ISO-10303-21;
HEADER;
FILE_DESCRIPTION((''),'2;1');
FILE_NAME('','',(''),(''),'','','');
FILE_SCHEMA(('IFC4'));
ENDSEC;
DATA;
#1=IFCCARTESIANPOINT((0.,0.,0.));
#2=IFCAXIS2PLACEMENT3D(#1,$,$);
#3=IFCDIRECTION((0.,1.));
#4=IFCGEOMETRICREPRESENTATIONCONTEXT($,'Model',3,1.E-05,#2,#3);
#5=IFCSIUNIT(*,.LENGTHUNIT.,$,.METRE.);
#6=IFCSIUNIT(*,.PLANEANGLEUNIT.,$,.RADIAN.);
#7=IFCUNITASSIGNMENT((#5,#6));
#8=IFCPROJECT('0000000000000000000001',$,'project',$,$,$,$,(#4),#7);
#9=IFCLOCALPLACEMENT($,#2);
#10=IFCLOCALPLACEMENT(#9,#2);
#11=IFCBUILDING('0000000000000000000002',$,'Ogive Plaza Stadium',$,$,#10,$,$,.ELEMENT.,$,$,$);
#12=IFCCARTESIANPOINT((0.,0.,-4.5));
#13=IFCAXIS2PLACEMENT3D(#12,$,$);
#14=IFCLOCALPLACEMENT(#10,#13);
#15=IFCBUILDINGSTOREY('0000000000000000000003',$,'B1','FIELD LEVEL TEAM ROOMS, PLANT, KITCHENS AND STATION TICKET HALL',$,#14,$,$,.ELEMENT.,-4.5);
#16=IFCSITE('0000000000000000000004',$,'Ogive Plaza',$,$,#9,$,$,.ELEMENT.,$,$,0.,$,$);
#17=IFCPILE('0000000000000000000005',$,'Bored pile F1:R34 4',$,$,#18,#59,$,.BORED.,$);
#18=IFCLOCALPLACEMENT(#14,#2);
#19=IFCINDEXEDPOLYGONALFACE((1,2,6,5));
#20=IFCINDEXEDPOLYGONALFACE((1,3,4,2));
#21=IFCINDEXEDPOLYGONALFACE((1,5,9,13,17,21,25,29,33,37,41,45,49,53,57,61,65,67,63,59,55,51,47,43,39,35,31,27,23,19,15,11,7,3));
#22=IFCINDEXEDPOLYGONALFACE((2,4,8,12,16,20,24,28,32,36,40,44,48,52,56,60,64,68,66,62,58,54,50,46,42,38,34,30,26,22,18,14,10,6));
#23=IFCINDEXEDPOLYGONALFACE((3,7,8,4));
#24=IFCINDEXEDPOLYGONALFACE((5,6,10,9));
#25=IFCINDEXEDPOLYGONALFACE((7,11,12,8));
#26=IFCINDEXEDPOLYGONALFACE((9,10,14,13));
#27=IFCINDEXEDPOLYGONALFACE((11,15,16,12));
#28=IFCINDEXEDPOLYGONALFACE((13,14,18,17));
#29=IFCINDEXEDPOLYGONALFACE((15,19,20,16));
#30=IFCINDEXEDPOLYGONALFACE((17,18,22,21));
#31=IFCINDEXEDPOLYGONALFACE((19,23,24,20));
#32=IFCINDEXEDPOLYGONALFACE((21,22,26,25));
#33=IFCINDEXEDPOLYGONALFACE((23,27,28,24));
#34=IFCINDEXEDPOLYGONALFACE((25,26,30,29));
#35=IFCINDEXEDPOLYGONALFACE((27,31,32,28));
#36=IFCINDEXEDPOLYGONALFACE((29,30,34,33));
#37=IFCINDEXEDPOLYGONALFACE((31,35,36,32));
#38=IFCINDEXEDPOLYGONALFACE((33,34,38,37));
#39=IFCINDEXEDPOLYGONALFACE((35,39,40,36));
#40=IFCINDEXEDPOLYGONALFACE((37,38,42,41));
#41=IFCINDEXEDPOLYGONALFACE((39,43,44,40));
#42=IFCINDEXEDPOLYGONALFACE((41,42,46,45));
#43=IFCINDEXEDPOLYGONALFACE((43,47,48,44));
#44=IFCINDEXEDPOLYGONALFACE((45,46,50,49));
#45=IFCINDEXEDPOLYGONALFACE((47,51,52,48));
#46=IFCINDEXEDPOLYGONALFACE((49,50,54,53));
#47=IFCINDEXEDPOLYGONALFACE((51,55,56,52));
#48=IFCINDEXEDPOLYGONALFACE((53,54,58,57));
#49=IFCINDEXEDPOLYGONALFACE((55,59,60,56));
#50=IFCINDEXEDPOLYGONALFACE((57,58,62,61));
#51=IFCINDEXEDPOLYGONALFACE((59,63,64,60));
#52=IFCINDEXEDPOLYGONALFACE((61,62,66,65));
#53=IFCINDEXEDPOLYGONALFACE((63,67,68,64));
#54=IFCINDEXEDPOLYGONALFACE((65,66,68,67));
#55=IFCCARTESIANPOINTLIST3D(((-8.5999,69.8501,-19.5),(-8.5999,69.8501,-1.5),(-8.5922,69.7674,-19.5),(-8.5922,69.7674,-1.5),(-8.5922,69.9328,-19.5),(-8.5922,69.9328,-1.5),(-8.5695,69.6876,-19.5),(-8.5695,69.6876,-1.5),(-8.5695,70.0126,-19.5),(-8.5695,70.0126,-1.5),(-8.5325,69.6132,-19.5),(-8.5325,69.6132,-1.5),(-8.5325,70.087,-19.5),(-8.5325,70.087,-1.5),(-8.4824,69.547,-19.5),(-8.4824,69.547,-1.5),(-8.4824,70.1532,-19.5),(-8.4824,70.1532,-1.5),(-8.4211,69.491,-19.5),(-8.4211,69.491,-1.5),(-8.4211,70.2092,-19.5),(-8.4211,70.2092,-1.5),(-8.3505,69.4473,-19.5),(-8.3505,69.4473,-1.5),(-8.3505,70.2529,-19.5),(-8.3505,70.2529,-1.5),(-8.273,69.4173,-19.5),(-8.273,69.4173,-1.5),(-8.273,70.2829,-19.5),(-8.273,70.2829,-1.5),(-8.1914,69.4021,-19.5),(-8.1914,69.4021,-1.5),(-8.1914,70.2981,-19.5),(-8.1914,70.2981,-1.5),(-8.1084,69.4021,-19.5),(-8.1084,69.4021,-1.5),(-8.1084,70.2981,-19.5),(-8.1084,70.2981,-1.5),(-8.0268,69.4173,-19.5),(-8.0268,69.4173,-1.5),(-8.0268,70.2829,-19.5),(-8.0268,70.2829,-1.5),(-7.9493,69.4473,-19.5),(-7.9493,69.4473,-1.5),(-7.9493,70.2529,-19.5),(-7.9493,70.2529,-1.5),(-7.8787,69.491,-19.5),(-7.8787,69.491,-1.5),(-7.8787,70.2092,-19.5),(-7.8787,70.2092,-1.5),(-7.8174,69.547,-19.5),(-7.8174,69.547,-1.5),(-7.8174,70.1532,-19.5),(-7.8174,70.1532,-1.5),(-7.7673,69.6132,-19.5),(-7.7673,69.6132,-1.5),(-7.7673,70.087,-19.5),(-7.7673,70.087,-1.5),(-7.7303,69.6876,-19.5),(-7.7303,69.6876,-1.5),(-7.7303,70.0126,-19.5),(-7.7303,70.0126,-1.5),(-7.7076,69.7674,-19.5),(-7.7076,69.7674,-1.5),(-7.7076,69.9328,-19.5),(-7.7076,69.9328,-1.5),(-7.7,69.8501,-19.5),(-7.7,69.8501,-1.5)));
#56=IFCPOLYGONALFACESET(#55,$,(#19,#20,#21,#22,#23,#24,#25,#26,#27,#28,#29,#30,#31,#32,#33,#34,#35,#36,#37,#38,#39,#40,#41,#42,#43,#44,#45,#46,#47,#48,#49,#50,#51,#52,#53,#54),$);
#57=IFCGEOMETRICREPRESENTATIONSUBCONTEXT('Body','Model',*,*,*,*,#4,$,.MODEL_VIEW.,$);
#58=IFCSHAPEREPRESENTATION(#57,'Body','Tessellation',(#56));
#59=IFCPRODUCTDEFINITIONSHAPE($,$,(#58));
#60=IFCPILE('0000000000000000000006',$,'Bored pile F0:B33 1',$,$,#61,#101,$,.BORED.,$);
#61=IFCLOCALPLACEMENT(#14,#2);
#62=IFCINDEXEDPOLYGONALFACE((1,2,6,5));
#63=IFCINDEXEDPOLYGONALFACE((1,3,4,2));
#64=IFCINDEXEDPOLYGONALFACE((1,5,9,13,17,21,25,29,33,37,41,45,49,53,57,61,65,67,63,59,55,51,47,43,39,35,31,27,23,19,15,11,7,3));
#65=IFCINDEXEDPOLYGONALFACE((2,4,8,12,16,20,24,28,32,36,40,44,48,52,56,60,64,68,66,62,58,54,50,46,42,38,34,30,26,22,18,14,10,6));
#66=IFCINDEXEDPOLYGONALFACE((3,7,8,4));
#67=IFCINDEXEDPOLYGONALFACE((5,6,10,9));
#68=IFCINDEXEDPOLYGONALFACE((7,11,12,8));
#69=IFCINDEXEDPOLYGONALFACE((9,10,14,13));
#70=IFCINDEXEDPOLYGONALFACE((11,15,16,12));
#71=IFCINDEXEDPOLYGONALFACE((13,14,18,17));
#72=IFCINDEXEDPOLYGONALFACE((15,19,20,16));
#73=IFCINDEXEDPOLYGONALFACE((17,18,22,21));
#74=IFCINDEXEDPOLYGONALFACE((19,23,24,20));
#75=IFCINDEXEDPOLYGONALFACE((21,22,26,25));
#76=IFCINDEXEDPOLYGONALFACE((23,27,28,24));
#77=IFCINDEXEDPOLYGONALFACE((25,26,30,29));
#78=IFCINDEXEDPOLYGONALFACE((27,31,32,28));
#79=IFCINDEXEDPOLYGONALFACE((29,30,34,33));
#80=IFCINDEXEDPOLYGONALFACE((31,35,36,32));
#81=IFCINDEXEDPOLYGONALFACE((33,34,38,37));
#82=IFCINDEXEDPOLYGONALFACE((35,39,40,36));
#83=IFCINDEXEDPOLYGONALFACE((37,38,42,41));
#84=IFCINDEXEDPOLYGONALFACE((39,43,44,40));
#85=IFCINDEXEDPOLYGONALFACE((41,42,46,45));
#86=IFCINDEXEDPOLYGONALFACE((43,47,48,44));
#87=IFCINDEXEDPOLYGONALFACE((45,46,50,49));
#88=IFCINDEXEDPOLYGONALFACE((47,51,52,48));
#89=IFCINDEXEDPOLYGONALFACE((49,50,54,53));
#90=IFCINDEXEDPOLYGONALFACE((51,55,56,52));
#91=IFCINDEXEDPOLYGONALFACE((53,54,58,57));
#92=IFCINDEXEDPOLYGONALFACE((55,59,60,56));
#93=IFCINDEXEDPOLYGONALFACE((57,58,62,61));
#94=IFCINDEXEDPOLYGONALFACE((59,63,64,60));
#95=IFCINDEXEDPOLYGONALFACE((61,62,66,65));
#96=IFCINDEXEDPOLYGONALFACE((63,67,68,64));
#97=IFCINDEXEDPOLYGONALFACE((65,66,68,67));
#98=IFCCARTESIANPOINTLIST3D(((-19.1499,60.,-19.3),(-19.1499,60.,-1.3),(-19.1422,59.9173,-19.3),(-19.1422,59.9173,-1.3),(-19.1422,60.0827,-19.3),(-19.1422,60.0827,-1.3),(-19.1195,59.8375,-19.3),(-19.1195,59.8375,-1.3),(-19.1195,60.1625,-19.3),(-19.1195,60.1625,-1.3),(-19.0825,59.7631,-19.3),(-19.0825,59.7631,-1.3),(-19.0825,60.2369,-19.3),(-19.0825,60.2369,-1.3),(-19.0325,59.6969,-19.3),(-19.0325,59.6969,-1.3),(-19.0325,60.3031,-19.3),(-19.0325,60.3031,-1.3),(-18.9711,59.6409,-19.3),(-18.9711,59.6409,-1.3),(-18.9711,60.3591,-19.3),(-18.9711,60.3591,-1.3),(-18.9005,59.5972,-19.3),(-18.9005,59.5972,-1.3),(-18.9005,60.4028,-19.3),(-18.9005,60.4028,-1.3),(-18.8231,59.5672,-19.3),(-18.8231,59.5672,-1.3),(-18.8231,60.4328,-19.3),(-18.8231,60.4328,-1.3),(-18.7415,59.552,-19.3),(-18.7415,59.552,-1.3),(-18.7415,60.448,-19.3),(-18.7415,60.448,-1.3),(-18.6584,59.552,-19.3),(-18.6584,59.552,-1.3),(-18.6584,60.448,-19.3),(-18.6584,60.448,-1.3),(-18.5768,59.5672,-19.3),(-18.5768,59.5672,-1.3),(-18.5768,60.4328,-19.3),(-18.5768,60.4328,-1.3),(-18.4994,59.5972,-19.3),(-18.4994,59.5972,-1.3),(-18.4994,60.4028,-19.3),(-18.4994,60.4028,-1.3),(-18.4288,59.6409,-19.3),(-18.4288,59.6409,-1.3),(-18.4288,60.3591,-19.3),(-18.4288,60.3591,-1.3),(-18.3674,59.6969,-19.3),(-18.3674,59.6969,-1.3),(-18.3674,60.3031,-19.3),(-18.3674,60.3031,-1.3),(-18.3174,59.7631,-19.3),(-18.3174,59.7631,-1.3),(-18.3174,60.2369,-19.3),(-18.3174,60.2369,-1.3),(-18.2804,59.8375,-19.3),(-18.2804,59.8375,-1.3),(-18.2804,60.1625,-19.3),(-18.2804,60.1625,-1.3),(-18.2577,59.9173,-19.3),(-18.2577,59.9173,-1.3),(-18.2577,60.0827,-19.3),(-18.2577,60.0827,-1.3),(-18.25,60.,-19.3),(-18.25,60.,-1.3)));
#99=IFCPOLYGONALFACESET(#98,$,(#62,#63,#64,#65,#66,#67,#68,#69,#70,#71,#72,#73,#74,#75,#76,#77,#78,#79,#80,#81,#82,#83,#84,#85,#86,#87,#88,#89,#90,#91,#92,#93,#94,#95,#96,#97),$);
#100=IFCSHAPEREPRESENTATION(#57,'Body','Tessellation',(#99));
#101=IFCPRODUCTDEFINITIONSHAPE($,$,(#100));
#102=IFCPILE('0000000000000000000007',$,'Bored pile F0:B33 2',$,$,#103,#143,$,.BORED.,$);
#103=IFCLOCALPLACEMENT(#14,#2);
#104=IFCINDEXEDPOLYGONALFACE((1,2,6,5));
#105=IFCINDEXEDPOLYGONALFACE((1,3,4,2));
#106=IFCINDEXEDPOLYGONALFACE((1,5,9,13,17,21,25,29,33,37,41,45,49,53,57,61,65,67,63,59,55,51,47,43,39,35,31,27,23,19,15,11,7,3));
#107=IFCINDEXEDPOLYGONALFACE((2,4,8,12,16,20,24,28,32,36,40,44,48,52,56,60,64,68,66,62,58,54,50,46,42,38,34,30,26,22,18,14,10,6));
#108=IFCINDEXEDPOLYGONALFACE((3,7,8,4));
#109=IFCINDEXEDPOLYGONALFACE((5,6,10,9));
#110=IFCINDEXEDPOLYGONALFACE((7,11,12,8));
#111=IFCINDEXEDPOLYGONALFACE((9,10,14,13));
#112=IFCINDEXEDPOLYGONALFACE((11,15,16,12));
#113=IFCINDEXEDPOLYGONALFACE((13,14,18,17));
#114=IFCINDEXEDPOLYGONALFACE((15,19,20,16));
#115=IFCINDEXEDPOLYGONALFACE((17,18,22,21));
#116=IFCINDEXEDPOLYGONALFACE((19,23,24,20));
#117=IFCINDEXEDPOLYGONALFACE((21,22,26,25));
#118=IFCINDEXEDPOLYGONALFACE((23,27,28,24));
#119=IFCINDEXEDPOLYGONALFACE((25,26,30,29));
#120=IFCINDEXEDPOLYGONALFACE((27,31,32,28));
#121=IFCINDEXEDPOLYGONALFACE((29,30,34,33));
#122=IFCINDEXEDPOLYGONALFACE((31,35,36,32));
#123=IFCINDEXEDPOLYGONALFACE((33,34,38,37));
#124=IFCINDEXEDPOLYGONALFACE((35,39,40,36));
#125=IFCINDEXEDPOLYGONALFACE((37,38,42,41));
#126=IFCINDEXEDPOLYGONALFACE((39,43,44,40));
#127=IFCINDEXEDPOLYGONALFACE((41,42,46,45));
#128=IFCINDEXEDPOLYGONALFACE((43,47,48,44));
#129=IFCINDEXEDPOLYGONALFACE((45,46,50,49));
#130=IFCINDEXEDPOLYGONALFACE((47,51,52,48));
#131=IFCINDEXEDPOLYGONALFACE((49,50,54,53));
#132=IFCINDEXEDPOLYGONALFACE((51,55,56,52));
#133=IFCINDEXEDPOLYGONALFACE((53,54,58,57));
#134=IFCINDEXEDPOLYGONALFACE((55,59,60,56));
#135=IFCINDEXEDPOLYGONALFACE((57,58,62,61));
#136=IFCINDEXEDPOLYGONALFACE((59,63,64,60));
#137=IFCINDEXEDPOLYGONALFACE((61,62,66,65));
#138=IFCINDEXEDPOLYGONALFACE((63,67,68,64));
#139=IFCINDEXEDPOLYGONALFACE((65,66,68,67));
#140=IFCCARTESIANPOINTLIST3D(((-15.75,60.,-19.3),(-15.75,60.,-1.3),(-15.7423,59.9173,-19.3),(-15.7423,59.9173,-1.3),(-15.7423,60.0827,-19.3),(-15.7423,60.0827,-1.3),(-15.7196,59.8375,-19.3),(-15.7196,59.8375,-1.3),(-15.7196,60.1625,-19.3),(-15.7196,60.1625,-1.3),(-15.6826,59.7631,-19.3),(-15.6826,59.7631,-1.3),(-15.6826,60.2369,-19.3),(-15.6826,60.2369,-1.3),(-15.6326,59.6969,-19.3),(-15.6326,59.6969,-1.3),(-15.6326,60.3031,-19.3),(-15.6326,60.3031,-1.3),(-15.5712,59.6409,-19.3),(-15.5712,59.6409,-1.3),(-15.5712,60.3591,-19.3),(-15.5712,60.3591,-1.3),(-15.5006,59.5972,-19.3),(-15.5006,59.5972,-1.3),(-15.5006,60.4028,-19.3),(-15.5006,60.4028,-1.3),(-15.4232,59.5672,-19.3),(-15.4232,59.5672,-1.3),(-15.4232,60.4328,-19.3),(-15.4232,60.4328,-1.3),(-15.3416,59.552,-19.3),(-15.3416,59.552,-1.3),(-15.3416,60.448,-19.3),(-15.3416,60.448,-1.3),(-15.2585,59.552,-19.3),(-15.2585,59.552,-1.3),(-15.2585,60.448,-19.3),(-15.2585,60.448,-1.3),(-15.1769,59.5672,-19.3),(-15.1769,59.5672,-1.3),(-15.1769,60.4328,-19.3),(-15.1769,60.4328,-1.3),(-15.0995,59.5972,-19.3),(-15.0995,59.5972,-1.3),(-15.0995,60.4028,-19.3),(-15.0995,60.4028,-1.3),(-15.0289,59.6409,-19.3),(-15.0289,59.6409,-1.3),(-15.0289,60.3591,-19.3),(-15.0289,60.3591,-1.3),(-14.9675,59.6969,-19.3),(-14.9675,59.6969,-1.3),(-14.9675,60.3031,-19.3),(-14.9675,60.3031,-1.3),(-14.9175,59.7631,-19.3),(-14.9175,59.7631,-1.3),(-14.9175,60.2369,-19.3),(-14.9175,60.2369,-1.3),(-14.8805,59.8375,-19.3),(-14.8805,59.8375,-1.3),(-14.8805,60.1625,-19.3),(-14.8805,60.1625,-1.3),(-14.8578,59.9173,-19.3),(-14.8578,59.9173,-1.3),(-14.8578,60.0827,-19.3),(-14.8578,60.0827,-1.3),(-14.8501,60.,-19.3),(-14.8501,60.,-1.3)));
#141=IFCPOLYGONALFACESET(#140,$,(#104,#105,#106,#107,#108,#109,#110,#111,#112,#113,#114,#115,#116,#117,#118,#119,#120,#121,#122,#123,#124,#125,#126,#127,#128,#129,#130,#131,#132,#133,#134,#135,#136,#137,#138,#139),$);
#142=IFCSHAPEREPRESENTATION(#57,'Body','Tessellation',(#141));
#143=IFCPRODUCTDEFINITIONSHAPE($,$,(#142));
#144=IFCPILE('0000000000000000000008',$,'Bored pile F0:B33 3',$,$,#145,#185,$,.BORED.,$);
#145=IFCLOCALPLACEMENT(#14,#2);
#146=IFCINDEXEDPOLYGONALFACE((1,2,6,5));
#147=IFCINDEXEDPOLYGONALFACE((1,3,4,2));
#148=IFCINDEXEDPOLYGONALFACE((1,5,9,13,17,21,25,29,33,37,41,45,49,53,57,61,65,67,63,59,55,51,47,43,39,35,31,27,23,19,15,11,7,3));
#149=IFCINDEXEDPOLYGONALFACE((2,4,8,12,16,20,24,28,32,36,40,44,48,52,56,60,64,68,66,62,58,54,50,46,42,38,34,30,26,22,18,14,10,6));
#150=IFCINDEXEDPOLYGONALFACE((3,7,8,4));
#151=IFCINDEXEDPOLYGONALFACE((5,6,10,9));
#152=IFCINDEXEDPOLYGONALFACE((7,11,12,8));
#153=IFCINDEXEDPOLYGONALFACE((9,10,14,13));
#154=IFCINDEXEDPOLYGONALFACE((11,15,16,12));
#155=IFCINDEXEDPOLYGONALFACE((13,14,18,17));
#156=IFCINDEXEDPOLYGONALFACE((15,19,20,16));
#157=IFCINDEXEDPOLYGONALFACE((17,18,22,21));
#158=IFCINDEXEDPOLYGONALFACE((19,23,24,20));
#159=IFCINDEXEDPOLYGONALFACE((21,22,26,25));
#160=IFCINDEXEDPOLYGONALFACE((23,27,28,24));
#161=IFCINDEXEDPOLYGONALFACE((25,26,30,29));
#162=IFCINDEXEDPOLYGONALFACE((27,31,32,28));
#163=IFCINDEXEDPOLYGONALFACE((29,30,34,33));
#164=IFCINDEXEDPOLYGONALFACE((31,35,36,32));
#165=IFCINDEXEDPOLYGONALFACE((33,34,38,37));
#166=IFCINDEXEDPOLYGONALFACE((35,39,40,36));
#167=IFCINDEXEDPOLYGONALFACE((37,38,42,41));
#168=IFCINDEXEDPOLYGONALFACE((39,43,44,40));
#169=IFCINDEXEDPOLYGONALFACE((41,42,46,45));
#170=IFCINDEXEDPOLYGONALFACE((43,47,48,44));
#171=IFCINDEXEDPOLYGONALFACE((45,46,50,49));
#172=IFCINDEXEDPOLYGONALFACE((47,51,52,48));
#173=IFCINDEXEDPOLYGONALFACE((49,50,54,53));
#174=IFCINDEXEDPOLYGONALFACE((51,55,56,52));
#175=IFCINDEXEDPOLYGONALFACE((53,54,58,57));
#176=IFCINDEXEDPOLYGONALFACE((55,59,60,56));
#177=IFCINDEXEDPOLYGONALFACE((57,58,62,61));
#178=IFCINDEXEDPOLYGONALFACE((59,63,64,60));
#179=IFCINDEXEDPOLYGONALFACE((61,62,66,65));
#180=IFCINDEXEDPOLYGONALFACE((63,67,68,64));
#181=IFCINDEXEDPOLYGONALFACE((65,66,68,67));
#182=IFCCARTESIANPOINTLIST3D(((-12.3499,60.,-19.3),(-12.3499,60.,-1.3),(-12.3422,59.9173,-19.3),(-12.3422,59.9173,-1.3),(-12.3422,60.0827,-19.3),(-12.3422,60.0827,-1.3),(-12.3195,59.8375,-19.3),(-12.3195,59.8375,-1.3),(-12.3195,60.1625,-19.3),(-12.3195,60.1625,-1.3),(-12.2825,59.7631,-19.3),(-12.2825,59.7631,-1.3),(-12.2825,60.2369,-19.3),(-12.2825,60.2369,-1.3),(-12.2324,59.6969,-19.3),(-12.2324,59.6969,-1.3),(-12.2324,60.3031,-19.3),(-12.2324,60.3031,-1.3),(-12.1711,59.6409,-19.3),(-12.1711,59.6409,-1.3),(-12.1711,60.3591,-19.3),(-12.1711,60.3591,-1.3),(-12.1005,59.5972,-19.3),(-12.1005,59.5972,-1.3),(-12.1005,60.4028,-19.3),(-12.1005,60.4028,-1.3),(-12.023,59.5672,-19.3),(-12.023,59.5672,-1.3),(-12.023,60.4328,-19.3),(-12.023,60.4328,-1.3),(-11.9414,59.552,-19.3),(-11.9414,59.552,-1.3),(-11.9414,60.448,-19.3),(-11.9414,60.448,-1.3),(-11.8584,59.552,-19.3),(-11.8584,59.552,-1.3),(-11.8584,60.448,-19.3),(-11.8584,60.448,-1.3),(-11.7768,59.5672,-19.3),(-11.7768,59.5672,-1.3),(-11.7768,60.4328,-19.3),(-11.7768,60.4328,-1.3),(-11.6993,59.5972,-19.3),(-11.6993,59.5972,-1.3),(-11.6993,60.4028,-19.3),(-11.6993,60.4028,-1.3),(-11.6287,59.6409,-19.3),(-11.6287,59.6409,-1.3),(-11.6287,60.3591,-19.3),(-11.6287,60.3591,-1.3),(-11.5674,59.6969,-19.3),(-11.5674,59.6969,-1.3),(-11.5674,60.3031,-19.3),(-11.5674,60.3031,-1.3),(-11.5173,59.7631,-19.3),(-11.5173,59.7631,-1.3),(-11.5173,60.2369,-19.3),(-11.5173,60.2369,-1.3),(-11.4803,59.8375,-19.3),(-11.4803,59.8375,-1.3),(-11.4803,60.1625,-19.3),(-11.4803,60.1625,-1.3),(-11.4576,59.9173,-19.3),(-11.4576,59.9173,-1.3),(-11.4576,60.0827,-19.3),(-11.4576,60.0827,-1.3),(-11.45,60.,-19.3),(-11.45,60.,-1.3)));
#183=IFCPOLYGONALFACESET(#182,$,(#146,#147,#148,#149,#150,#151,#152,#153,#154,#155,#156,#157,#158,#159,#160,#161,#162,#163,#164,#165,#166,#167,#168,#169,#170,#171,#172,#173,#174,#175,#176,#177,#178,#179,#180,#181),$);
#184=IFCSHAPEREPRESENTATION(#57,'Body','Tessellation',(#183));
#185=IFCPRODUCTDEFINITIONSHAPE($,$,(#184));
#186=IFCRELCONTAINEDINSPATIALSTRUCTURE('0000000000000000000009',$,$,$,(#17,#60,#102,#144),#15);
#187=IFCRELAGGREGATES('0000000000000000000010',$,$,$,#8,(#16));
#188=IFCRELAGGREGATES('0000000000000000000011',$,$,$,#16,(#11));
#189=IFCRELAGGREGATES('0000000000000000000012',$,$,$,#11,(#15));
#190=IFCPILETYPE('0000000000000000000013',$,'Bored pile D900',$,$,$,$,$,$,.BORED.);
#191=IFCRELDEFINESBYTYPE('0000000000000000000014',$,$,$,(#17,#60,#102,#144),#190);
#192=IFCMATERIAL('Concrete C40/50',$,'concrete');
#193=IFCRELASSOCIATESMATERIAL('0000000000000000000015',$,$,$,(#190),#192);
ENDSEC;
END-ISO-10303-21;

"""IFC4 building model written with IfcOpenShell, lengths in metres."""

from ifc_helpers import new_model, si_unit, direction, frame, origin, origin_2d, place, context, subcontext, project, spatial, circle, extrude, material, material_profile, profile_set, type_object, element, save


model = new_model("IFC4")

# Units and contexts
model_context = context("Model", 3, precision=1e-05, world=origin(), true_north=direction((0.0, 1.0)))
body_context = subcontext(model_context, "Body", "Model", "MODEL_VIEW")
ifc_project = project(units=[si_unit("LENGTHUNIT", "METRE"), si_unit("PLANEANGLEUNIT", "RADIAN")], contexts=[model_context])

# Site, building, storey
site_placement = place(None, origin())
site = spatial("IfcSite", under=ifc_project, at=site_placement, Name="Ogive Plaza", CompositionType="ELEMENT", RefElevation=0.0)
building_placement = place(site_placement, origin())
building = spatial("IfcBuilding", under=site, at=building_placement, Name="Ogive Plaza Stadium", CompositionType="ELEMENT")
storey_placement = place(building_placement, frame((0.0, 0.0, -4.5)))
storey = spatial("IfcBuildingStorey", under=building, at=storey_placement, Name="B1", Description="FIELD LEVEL TEAM ROOMS, PLANT, KITCHENS AND STATION TICKET HALL", CompositionType="ELEMENT", Elevation=-4.5)

# Piles
ifc_material_1 = material(Name="Concrete C40/50", Category="concrete")
ifc_material_profile_1 = material_profile(ifc_material_1, circle(Radius=0.45, at=origin_2d()), Name="RC D900")
ifc_profile_set_1 = profile_set([ifc_material_profile_1], Name="Concrete C40/50")
pile_type_1 = type_object("IfcPileType", Name="Bored pile D900", PredefinedType="BORED", material=ifc_profile_set_1)
for number, where, z_axis, x_axis, name in (
    (1, (-8.1499, 69.8501, -1.5), (0.0, 0.0, -1.0), (1.0, 0.0, 0.0), "Bored pile F1:R34 4"),
    (2, (-18.7, 60.0, -1.3), (0.0, 0.0, -1.0), (1.0, 0.0, 0.0), "Bored pile F0:B33 1"),
    (3, (-15.3, 60.0, -1.3), (0.0, 0.0, -1.0), (1.0, 0.0, 0.0), "Bored pile F0:B33 2"),
    (4, (-11.8999, 60.0, -1.3), (0.0, 0.0, -1.0), (1.0, 0.0, 0.0), "Bored pile F0:B33 3"),
):
    element("IfcPile", number, at=place(storey_placement, frame(where, z_axis=z_axis, x_axis=x_axis)), inside=storey, type_object=pile_type_1, Name=name, PredefinedType="BORED", context=body_context, shape_type="SweptSolid", body=[
        extrude(circle(Radius=0.45, at=origin_2d()), origin(), (0.0, 0.0, 1.0), 18.0),
    ])

save(model, "model.ifc")
